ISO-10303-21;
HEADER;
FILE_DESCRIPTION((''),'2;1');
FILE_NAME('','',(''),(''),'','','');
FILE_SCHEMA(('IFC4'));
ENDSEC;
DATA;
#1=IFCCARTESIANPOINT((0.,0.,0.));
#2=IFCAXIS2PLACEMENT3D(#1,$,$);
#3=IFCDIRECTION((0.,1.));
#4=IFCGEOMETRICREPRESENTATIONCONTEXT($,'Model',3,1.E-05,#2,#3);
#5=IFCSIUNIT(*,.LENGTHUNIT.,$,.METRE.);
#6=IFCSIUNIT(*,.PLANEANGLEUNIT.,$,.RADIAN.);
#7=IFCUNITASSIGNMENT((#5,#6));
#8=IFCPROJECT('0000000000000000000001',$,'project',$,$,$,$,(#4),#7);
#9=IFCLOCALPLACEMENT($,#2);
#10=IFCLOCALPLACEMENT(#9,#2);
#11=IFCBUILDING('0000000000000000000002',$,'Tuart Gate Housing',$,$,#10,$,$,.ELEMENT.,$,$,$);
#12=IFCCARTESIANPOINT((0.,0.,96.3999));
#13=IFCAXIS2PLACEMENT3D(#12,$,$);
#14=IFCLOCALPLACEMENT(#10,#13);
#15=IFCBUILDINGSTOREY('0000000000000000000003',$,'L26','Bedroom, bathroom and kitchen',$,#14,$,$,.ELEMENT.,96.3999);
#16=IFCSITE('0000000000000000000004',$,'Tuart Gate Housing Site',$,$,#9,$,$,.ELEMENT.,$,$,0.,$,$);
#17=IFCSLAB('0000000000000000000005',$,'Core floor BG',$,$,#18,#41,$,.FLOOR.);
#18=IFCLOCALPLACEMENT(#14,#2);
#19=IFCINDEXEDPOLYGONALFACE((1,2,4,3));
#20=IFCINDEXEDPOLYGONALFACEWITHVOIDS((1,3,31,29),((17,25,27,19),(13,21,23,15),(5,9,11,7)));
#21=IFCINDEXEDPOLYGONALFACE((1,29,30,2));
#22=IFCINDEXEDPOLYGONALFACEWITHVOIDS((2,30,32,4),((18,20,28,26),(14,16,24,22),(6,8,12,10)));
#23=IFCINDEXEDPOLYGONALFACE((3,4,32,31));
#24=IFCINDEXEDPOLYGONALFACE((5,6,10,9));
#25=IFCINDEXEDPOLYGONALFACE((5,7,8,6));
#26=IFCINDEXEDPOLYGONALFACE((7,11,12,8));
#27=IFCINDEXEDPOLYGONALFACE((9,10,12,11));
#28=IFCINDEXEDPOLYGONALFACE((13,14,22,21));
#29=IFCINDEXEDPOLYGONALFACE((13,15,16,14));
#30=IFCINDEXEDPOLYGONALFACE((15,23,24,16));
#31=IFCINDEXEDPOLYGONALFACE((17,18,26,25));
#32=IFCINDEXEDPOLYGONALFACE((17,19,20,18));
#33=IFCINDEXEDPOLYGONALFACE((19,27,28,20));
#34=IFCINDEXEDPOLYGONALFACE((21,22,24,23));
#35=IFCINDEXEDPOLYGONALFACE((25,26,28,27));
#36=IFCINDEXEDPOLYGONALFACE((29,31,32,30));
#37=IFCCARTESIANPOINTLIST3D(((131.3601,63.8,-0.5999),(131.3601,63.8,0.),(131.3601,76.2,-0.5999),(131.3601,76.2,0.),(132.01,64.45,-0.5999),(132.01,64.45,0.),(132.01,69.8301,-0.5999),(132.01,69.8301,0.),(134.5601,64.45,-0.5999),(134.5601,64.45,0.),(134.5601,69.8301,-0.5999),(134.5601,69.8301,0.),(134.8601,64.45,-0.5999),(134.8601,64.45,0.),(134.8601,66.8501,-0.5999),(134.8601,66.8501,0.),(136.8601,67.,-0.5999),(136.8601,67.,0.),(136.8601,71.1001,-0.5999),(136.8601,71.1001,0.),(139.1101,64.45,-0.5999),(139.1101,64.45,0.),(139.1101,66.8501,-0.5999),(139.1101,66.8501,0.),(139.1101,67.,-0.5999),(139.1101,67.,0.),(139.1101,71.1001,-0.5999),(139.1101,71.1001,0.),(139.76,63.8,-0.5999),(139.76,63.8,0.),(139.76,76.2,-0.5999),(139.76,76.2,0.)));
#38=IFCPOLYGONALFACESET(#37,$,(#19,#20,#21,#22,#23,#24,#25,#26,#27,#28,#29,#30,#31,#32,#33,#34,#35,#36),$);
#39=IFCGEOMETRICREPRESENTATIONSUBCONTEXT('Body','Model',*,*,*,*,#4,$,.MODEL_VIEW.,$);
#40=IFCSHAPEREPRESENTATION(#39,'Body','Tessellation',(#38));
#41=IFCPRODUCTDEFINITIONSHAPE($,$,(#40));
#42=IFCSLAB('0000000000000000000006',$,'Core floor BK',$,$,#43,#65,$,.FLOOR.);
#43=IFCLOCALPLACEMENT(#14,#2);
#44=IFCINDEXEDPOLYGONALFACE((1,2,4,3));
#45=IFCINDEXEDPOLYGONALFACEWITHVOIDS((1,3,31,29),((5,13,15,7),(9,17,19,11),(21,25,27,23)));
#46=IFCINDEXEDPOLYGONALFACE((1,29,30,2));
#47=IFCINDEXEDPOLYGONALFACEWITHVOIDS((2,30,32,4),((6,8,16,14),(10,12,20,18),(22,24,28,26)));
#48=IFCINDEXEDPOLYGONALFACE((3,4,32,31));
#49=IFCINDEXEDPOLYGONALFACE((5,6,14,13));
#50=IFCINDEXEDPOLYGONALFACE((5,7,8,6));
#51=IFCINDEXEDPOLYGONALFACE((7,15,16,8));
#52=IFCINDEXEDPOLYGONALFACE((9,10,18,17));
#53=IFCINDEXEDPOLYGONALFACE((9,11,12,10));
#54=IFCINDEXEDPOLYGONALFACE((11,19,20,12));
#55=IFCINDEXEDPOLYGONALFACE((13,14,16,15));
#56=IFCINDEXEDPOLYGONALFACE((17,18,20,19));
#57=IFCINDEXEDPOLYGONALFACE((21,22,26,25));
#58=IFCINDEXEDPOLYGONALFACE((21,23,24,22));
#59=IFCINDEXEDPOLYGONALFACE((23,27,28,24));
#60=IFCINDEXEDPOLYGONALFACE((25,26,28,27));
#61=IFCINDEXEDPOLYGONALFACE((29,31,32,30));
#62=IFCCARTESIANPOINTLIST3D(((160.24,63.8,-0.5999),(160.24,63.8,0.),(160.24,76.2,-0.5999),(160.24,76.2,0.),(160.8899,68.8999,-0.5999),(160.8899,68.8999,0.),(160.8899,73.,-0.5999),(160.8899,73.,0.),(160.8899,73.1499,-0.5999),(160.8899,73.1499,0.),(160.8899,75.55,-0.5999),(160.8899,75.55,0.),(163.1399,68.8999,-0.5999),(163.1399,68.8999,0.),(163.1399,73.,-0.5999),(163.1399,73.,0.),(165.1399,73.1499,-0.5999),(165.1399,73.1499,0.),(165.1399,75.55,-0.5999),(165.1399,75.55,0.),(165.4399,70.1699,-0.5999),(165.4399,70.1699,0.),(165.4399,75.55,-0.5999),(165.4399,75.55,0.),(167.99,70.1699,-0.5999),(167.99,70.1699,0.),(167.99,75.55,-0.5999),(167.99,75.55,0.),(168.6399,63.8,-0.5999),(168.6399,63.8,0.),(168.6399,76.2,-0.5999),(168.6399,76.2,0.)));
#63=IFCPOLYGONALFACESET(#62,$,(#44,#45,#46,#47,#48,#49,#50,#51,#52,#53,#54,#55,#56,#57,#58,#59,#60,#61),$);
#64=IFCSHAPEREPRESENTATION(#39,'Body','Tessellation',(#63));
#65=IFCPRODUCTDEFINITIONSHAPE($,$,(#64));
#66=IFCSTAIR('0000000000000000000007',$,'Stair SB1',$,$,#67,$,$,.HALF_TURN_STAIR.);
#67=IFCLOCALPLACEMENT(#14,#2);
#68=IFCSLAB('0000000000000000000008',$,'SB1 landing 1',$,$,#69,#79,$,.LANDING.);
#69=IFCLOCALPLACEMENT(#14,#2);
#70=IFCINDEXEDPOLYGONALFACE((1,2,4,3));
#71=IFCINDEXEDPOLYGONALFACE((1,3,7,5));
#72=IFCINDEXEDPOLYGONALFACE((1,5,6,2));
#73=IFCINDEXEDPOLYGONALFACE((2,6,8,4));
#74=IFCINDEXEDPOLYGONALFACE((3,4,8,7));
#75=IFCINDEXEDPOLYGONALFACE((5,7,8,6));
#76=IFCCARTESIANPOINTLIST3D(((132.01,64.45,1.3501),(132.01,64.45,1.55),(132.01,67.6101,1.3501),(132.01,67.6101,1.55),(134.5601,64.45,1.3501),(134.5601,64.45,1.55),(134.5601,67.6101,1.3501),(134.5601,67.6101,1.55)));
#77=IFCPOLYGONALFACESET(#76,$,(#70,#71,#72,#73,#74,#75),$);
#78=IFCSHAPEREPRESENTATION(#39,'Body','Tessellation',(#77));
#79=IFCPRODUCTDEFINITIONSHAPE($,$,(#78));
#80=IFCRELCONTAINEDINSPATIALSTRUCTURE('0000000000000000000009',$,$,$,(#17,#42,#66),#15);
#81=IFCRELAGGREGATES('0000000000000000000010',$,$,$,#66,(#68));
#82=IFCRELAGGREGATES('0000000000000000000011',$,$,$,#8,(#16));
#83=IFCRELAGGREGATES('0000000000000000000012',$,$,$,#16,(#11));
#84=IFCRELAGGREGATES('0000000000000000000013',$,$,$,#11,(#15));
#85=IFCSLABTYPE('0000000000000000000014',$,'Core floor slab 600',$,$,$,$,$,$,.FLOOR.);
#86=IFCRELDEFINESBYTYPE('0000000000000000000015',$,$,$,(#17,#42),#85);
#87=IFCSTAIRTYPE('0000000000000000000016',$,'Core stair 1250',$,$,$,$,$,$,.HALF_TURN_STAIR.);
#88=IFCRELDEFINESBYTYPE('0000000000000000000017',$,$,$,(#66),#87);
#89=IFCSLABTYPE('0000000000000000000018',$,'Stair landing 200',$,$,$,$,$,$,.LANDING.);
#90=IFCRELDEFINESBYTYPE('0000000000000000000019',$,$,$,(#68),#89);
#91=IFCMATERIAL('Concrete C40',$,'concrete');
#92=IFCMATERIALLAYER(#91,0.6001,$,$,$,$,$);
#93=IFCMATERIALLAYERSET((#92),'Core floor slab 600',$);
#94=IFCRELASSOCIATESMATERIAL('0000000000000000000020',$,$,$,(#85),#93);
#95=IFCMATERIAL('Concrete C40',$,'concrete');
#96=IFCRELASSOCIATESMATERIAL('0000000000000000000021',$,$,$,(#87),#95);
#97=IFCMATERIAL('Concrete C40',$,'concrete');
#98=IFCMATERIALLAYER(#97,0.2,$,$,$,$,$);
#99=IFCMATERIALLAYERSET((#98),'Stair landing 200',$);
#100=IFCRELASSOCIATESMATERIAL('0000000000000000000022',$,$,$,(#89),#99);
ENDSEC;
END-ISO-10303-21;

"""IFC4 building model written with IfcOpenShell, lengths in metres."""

from ifc_helpers import new_model, si_unit, direction, frame, origin, place, context, subcontext, project, spatial, polyline, outline, extrude, material, layer, layer_set, type_object, element, aggregate, save


model = new_model("IFC4")

# Units and contexts
model_context = context("Model", 3, precision=1e-05, world=origin(), true_north=direction((0.0, 1.0)))
body_context = subcontext(model_context, "Body", "Model", "MODEL_VIEW")
ifc_project = project(units=[si_unit("LENGTHUNIT", "METRE"), si_unit("PLANEANGLEUNIT", "RADIAN")], contexts=[model_context])

# Site, building, storey
site_placement = place(None, origin())
site = spatial("IfcSite", under=ifc_project, at=site_placement, Name="Tuart Gate Housing Site", CompositionType="ELEMENT", RefElevation=0.0)
building_placement = place(site_placement, origin())
building = spatial("IfcBuilding", under=site, at=building_placement, Name="Tuart Gate Housing", CompositionType="ELEMENT")
storey_placement = place(building_placement, frame((0.0, 0.0, 96.3999)))
storey = spatial("IfcBuildingStorey", under=building, at=storey_placement, Name="L26", Description="Bedroom, bathroom and kitchen", CompositionType="ELEMENT", Elevation=96.3999)

# Slabs
ifc_material_1 = material(Name="Concrete C40", Category="concrete")
ifc_layer_1 = layer(ifc_material_1, 0.6001)
ifc_layer_set_1 = layer_set([ifc_layer_1], Name="Core floor slab 600")
slab_type_1 = type_object("IfcSlabType", Name="Core floor slab 600", PredefinedType="FLOOR", material=ifc_layer_set_1)
slab_1_placement = place(storey_placement, frame((0.0, 0.0, -0.5999)))
element("IfcSlab", 1, at=slab_1_placement, inside=storey, type_object=slab_type_1, Name="Core floor BG", PredefinedType="FLOOR", context=body_context, shape_type="SweptSolid", body=[
    extrude(outline(polyline([(131.3601, 63.8), (139.76, 63.8), (139.76, 76.2), (131.3601, 76.2), (131.3601, 63.8)]), holes=[polyline([(139.1101, 66.8501), (134.8601, 66.8501), (134.8601, 64.45), (139.1101, 64.45), (139.1101, 66.8501)]), polyline([(139.1101, 71.1001), (136.8601, 71.1001), (136.8601, 67.0), (139.1101, 67.0), (139.1101, 71.1001)]), polyline([(134.5601, 69.8301), (132.01, 69.8301), (132.01, 64.45), (134.5601, 64.45), (134.5601, 69.8301)])]), origin(), (0.0, 0.0, 1.0), 0.5999),
])
slab_2_placement = place(storey_placement, frame((0.0, 0.0, -0.5999)))
element("IfcSlab", 2, at=slab_2_placement, inside=storey, type_object=slab_type_1, Name="Core floor BK", PredefinedType="FLOOR", context=body_context, shape_type="SweptSolid", body=[
    extrude(outline(polyline([(160.24, 63.8), (168.6399, 63.8), (168.6399, 76.2), (160.24, 76.2), (160.24, 63.8)]), holes=[polyline([(160.8899, 73.1499), (165.1399, 73.1499), (165.1399, 75.55), (160.8899, 75.55), (160.8899, 73.1499)]), polyline([(160.8899, 68.8999), (163.1399, 68.8999), (163.1399, 73.0), (160.8899, 73.0), (160.8899, 68.8999)]), polyline([(165.4399, 70.1699), (167.99, 70.1699), (167.99, 75.55), (165.4399, 75.55), (165.4399, 70.1699)])]), origin(), (0.0, 0.0, 1.0), 0.5999),
])

# Stair, slab
ifc_material_2 = material(Name="Concrete C40", Category="concrete")
stair_type = type_object("IfcStairType", Name="Core stair 1250", PredefinedType="HALF_TURN_STAIR", material=ifc_material_2)
stair_placement = place(storey_placement, origin())
stair = element("IfcStair", 3, at=stair_placement, inside=storey, type_object=stair_type, Name="Stair SB1", PredefinedType="HALF_TURN_STAIR")
ifc_material_3 = material(Name="Concrete C40", Category="concrete")
ifc_layer_2 = layer(ifc_material_3, 0.2)
ifc_layer_set_2 = layer_set([ifc_layer_2], Name="Stair landing 200")
slab_type_2 = type_object("IfcSlabType", Name="Stair landing 200", PredefinedType="LANDING", material=ifc_layer_set_2)
slab_3_placement = place(storey_placement, frame((0.0, 0.0, 1.3501)))
slab_3 = element("IfcSlab", 4, at=slab_3_placement, type_object=slab_type_2, Name="SB1 landing 1", PredefinedType="LANDING", context=body_context, shape_type="SweptSolid", body=[
    extrude(outline(polyline([(134.5601, 67.6101), (132.01, 67.6101), (132.01, 64.45), (134.5601, 64.45), (134.5601, 67.6101)])), origin(), (0.0, 0.0, 1.0), 0.2),
])
aggregate(stair, [slab_3])

save(model, "model.ifc")
